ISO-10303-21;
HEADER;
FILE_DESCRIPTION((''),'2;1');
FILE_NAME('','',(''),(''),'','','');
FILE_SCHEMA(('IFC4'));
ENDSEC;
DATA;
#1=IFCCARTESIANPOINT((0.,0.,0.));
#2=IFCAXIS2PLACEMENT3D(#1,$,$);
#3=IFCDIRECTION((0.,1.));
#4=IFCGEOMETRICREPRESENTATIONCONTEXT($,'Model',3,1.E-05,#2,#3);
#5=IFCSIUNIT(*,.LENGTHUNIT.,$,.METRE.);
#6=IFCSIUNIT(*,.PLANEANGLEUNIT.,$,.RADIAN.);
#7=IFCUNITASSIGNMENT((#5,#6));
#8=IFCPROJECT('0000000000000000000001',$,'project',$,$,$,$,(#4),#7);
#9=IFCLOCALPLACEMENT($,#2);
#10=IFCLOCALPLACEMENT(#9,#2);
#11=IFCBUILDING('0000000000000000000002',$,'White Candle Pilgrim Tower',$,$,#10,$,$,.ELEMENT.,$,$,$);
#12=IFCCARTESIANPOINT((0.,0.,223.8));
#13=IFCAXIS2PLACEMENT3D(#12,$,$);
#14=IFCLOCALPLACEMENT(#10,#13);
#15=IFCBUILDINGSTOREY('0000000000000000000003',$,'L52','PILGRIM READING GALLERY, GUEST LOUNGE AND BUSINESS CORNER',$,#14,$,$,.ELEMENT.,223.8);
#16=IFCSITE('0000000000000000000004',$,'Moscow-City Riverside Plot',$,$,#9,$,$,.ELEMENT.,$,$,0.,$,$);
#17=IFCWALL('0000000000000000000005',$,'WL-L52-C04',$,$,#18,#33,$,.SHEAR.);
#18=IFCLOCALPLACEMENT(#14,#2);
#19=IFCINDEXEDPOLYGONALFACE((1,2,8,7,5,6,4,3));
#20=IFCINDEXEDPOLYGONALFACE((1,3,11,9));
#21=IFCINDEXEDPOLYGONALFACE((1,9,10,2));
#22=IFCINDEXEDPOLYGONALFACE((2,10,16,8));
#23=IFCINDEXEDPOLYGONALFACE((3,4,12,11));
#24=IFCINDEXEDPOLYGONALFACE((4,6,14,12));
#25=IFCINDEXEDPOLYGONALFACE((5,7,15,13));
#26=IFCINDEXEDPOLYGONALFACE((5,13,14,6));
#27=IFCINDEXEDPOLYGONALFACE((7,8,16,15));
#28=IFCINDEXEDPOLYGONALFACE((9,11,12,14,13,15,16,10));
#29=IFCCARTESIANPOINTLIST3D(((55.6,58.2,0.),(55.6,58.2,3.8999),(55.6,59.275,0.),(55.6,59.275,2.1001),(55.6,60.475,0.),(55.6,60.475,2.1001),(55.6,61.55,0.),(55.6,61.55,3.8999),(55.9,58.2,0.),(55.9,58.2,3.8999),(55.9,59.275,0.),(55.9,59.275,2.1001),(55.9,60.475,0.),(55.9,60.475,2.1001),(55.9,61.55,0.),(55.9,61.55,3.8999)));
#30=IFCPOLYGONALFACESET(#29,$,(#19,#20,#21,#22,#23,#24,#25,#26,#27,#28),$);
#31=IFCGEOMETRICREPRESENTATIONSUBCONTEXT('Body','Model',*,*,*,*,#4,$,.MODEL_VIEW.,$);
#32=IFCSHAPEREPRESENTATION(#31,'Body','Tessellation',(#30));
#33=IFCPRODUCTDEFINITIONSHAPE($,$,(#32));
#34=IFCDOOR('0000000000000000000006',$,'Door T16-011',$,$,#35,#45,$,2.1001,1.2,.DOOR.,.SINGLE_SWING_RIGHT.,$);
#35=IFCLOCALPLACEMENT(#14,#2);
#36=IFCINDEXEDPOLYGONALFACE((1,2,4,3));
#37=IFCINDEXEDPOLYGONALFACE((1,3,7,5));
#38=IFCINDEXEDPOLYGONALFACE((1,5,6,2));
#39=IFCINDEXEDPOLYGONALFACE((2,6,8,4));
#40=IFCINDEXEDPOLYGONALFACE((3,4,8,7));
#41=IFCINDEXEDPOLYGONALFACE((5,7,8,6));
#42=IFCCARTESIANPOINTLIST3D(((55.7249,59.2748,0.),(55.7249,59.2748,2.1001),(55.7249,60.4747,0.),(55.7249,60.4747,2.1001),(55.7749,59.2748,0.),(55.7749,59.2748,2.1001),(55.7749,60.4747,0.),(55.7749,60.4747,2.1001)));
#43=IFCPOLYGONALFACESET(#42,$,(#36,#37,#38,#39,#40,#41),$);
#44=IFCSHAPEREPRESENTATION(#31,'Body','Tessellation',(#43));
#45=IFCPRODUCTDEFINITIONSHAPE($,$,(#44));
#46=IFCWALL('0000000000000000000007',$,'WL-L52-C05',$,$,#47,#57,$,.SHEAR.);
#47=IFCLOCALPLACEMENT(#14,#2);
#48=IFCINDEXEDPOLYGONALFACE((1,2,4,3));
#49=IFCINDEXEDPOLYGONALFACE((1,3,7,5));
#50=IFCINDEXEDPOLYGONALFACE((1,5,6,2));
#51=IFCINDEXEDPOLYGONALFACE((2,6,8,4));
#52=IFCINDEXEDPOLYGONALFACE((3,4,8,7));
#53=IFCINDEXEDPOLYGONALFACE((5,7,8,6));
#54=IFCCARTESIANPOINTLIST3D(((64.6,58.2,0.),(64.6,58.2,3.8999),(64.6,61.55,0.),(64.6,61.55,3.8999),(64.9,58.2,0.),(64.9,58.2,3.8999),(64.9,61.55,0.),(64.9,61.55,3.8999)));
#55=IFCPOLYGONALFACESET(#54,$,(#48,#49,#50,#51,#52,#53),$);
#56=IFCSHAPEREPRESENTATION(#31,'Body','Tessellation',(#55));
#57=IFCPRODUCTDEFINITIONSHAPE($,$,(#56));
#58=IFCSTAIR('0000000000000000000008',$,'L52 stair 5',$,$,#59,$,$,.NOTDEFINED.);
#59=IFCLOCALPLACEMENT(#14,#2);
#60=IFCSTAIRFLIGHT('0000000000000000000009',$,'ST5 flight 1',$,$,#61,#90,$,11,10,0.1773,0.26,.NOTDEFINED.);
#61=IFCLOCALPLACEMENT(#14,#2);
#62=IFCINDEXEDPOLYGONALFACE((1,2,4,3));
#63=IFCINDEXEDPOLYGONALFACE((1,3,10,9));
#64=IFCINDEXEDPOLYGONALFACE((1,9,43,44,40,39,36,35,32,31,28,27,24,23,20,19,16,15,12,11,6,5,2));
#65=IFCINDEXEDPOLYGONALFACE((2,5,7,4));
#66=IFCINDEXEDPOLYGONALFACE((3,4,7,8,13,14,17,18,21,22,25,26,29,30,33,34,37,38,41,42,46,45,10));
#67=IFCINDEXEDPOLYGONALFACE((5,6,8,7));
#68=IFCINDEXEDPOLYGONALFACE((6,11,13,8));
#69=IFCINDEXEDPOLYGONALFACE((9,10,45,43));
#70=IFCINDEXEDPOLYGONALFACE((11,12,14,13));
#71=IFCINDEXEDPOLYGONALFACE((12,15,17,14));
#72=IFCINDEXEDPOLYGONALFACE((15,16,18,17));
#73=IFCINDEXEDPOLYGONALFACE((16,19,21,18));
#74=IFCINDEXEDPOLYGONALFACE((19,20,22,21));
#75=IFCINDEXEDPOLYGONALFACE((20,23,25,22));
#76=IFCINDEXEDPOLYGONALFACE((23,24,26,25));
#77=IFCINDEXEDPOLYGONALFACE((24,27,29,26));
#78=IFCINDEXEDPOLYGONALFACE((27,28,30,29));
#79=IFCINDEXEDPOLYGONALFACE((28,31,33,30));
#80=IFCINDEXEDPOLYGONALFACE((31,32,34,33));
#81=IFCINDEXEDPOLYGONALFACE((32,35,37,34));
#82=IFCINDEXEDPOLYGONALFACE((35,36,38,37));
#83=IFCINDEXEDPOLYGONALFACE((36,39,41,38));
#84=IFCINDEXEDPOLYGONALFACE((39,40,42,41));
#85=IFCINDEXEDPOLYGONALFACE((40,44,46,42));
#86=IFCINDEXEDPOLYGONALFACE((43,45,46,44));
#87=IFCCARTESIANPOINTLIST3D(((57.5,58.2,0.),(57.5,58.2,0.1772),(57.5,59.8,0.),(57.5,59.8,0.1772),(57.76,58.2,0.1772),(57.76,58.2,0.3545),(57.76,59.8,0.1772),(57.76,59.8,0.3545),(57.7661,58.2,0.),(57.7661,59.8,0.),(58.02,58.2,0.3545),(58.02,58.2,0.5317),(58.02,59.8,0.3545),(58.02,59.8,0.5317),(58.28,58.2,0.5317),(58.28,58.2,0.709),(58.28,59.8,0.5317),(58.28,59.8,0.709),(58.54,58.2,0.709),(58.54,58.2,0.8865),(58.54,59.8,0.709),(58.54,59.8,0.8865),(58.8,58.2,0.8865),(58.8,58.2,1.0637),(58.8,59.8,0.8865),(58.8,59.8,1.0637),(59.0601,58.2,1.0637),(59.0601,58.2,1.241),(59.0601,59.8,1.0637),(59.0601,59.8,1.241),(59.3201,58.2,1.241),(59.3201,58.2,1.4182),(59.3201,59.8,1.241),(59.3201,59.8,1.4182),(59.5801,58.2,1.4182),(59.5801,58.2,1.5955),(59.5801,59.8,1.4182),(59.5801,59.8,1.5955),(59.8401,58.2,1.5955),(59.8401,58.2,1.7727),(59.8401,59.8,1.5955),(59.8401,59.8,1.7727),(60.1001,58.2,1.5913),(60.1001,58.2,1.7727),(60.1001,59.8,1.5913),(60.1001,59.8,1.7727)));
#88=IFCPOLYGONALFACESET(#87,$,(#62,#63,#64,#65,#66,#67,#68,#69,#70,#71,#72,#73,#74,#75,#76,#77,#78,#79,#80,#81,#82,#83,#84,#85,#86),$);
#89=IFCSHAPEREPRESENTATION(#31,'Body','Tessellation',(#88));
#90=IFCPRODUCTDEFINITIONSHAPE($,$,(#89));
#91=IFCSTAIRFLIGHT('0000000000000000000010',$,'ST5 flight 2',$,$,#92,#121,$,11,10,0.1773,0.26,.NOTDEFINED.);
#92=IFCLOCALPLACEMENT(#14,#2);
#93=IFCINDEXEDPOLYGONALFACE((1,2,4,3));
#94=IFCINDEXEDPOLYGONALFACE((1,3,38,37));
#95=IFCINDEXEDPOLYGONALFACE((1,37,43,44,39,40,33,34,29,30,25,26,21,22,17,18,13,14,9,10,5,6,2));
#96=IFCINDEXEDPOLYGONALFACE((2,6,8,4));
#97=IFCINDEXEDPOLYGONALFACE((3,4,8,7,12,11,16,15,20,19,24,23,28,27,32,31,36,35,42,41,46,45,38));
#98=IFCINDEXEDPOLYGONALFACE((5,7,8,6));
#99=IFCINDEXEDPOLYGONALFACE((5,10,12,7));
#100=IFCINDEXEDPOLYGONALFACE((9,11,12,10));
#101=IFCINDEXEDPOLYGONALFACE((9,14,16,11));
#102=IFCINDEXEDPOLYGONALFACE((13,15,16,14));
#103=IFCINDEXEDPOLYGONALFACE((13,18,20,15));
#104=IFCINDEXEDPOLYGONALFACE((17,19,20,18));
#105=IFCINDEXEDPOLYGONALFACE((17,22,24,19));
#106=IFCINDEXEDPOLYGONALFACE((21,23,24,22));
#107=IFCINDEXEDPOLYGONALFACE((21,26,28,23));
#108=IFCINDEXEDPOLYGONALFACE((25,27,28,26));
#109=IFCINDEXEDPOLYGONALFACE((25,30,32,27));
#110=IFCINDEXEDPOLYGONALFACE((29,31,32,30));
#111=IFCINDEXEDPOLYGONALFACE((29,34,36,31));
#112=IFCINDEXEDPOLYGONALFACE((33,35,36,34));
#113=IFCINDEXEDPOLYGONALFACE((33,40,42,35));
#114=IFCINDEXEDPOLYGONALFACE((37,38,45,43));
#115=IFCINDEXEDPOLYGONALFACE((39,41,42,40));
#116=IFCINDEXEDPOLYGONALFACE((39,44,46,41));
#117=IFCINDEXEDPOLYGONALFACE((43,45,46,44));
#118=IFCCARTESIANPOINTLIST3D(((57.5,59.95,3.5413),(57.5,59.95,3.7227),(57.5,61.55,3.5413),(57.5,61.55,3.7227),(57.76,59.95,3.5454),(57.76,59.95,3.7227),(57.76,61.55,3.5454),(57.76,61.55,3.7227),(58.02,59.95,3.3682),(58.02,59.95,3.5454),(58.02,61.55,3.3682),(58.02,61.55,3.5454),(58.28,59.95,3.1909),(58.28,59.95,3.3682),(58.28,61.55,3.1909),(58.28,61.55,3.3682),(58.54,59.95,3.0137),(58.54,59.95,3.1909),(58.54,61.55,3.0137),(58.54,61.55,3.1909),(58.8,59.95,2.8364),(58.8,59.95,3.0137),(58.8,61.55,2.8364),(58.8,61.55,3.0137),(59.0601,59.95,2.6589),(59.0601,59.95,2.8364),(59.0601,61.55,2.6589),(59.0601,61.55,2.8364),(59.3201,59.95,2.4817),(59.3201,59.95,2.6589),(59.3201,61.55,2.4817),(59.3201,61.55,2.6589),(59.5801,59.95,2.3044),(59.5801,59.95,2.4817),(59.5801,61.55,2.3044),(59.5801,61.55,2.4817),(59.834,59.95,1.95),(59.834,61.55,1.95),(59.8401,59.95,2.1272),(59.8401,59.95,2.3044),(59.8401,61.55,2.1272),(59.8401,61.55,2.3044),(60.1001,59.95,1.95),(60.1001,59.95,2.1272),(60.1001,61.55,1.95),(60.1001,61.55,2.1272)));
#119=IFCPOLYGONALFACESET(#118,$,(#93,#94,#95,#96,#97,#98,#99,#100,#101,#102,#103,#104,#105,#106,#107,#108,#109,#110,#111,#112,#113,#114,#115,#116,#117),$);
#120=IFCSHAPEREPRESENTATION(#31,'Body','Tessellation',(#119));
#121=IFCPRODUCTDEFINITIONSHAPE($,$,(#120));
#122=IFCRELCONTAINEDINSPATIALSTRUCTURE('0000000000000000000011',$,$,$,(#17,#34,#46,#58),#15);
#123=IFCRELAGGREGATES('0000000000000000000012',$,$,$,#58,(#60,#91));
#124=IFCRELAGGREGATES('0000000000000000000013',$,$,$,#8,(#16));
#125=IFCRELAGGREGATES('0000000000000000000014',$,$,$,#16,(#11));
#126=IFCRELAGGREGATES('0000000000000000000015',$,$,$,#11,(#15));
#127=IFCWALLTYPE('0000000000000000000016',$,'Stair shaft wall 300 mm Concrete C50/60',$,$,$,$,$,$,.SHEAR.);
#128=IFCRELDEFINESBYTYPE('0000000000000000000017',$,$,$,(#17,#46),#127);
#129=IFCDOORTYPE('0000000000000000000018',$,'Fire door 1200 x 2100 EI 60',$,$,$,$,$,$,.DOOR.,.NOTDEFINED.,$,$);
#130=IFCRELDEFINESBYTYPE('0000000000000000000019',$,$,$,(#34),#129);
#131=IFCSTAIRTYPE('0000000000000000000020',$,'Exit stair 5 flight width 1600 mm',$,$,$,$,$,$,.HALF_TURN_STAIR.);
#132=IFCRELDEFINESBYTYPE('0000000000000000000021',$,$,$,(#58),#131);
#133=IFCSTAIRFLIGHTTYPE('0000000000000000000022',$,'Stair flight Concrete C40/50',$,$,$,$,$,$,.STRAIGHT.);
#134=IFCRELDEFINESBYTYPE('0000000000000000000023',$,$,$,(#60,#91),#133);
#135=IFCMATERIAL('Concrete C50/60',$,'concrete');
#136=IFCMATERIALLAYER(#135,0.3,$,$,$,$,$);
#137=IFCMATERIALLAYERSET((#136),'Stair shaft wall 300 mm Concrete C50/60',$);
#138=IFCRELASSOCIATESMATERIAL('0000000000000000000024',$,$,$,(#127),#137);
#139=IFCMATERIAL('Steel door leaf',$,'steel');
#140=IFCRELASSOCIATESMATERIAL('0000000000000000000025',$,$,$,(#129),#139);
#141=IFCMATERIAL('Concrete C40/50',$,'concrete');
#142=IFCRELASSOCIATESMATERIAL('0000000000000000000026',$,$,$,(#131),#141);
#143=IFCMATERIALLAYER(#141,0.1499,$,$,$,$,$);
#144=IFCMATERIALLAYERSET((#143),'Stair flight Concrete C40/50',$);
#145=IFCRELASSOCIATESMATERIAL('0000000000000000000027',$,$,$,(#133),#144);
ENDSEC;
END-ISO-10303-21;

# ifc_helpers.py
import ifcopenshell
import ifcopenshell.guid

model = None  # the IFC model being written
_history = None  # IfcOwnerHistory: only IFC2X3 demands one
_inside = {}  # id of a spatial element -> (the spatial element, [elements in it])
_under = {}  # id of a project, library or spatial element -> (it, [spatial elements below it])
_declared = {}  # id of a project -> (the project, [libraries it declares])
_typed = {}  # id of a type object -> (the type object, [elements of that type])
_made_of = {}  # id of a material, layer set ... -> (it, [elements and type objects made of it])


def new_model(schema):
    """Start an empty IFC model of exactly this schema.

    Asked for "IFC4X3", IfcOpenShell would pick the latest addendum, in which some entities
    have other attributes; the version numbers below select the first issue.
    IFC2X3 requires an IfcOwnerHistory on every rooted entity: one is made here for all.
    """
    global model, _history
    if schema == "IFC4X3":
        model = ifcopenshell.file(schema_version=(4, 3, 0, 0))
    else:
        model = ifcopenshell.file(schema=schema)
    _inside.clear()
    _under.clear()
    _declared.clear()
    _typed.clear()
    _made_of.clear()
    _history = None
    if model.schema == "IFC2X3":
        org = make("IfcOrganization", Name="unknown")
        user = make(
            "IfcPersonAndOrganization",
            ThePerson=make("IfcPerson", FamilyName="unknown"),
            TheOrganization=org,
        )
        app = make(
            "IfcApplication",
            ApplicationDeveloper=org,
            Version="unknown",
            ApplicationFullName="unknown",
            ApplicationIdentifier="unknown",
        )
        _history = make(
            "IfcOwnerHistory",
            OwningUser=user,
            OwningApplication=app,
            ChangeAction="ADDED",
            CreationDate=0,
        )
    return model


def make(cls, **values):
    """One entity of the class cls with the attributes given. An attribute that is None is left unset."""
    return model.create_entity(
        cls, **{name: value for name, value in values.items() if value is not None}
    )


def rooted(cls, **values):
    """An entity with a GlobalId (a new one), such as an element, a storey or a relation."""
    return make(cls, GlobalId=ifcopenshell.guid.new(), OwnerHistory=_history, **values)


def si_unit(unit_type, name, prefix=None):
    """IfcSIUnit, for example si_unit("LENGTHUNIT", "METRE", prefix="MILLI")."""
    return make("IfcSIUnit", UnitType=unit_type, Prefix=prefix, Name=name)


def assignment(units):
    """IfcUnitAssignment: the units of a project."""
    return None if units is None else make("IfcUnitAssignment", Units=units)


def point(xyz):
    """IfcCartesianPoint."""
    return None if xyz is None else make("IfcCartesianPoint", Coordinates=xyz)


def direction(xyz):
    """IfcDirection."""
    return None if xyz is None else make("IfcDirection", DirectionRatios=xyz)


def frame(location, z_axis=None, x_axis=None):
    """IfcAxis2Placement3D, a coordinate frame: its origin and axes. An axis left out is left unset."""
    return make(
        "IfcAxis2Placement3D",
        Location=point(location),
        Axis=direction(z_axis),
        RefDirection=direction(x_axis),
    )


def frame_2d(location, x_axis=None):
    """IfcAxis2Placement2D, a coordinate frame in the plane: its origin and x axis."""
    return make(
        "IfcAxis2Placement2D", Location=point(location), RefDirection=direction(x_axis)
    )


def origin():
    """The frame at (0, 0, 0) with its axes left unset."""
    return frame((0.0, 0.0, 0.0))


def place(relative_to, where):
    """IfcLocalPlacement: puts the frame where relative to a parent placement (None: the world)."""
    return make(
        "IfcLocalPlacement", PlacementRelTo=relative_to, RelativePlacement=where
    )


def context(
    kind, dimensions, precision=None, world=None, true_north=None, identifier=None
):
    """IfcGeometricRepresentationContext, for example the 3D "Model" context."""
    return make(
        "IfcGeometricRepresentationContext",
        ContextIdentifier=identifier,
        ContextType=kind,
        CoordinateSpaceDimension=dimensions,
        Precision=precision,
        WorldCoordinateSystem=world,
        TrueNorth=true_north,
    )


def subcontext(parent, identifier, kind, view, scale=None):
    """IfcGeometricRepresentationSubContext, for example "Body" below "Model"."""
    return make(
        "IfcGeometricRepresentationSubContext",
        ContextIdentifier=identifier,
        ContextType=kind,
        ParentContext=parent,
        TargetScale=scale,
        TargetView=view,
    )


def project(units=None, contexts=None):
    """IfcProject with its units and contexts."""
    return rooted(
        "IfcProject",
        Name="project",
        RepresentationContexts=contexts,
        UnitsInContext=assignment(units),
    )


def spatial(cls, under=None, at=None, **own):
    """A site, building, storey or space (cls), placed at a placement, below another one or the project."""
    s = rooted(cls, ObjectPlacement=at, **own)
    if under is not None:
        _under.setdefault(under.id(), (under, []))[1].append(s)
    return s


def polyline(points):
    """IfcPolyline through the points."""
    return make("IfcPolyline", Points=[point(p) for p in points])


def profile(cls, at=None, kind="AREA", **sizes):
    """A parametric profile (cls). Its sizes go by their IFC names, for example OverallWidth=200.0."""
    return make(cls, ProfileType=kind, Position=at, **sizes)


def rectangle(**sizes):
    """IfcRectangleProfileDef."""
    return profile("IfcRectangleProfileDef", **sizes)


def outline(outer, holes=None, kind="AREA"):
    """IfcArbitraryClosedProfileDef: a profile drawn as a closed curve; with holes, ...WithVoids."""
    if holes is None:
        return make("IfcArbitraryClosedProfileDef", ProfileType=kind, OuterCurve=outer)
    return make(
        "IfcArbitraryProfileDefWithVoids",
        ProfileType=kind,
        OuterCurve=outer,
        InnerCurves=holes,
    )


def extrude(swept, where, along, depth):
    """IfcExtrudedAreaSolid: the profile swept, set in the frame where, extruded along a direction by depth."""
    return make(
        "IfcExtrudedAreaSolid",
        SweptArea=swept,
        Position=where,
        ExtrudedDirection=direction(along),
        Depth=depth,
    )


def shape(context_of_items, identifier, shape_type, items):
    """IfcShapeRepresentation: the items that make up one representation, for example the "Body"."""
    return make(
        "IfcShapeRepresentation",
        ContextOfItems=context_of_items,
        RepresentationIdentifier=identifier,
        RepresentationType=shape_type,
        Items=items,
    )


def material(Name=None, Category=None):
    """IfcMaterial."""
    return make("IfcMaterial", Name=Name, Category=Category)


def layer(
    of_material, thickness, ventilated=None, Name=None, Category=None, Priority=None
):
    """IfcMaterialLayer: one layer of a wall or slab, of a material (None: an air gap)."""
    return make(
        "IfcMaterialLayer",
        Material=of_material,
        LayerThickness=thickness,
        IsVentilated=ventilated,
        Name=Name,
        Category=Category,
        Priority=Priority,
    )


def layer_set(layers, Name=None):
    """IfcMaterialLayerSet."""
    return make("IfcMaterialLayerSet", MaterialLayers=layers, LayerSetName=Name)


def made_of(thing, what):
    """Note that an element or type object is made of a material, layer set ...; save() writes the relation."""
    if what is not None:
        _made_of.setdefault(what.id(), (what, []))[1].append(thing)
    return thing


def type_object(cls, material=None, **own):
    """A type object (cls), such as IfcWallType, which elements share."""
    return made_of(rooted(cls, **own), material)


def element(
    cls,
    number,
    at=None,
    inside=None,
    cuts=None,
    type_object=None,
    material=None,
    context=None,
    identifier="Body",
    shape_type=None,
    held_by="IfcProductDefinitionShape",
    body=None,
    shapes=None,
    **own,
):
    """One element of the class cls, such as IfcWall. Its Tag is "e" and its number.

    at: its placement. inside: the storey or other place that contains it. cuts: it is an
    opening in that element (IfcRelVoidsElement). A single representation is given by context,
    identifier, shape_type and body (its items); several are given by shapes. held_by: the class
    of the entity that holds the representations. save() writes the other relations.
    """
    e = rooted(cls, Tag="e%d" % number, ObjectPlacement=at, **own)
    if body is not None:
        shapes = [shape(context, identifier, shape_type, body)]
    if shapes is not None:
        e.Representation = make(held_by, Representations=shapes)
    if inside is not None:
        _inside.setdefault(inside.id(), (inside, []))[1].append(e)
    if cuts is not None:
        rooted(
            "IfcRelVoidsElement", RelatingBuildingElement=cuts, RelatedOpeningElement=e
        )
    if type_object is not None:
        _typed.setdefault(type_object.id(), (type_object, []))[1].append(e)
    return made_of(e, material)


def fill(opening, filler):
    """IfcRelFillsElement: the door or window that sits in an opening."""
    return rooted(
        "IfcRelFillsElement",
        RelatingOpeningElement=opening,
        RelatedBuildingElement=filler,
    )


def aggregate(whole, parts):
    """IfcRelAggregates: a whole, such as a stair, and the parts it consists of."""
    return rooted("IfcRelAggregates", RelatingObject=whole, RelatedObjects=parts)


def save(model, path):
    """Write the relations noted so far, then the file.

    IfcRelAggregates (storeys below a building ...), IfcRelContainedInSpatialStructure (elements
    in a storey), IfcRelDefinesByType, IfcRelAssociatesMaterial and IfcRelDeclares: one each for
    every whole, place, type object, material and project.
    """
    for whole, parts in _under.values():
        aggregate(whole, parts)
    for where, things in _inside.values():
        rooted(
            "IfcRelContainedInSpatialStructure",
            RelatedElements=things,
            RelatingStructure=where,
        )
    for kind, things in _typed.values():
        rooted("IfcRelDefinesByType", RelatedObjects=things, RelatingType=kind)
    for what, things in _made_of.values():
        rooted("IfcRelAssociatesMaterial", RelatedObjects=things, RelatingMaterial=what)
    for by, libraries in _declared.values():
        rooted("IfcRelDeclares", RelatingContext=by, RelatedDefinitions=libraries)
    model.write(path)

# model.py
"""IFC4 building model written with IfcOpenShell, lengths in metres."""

from ifc_helpers import new_model, si_unit, direction, frame, frame_2d, origin, place, context, subcontext, project, spatial, polyline, rectangle, outline, extrude, material, layer, layer_set, type_object, element, fill, aggregate, save


model = new_model("IFC4")

# Units and contexts
model_context = context("Model", 3, precision=1e-05, world=origin(), true_north=direction((0.0, 1.0)))
body_context = subcontext(model_context, "Body", "Model", "MODEL_VIEW")
ifc_project = project(units=[si_unit("LENGTHUNIT", "METRE"), si_unit("PLANEANGLEUNIT", "RADIAN")], contexts=[model_context])

# Site, building, storey
site_placement = place(None, origin())
site = spatial("IfcSite", under=ifc_project, at=site_placement, Name="Moscow-City Riverside Plot", CompositionType="ELEMENT", RefElevation=0.0)
building_placement = place(site_placement, origin())
building = spatial("IfcBuilding", under=site, at=building_placement, Name="White Candle Pilgrim Tower", CompositionType="ELEMENT")
storey_placement = place(building_placement, frame((0.0, 0.0, 223.8)))
storey = spatial("IfcBuildingStorey", under=building, at=storey_placement, Name="L52", Description="PILGRIM READING GALLERY, GUEST LOUNGE AND BUSINESS CORNER", CompositionType="ELEMENT", Elevation=223.8)

# Shared definitions
ifc_material_1 = material(Name="Concrete C50/60", Category="concrete")

# Shared definitions
ifc_material_2 = material(Name="Steel door leaf", Category="steel")

# Wall, opening, door
ifc_layer_1 = layer(ifc_material_1, 0.3)
ifc_layer_set_1 = layer_set([ifc_layer_1], Name="Stair shaft wall 300 mm Concrete C50/60")
wall_type_1 = type_object("IfcWallType", Name="Stair shaft wall 300 mm Concrete C50/60", PredefinedType="SHEAR", material=ifc_layer_set_1)
wall_1_placement = place(storey_placement, frame((55.75, 58.2, 0.0), z_axis=(0.0, 0.0, 1.0), x_axis=(0.0, 1.0, 0.0)))
wall_1 = element("IfcWall", 1, at=wall_1_placement, inside=storey, type_object=wall_type_1, Name="WL-L52-C04", PredefinedType="SHEAR", context=body_context, shape_type="SweptSolid", body=[
    extrude(rectangle(XDim=3.3501, YDim=0.3, at=frame_2d((1.675, 0.0))), origin(), (0.0, 0.0, 1.0), 3.8999),
])
opening_1_placement = place(wall_1_placement, frame((1.075, 0.0, 0.0)))
opening_1 = element("IfcOpeningElement", 2, at=opening_1_placement, cuts=wall_1, PredefinedType="OPENING", context=body_context, shape_type="SweptSolid", body=[
    extrude(rectangle(XDim=1.2, YDim=2.1001, at=frame_2d((0.6001, 1.05))), frame((0.0, 0.1599, 0.0), z_axis=(0.0, -1.0, 0.0), x_axis=(1.0, 0.0, 0.0)), (0.0, 0.0, 1.0), 0.3201),
])
door_type_1 = type_object("IfcDoorType", Name="Fire door 1200 x 2100 EI 60", OperationType="NOTDEFINED", PredefinedType="DOOR", material=ifc_material_2)
door_1_placement = place(opening_1_placement, frame((1.2, 0.0, 0.0), z_axis=(0.0, 0.0, 1.0), x_axis=(-1.0, 0.0, 0.0)))
door_1 = element("IfcDoor", 3, at=door_1_placement, inside=storey, type_object=door_type_1, Name="Door T16-011", OperationType="SINGLE_SWING_RIGHT", OverallHeight=2.1001, OverallWidth=1.2, PredefinedType="DOOR", context=body_context, shape_type="SweptSolid", body=[
    extrude(rectangle(XDim=1.2, YDim=2.1001, at=frame_2d((0.6001, 1.05))), frame((0.0, 0.0249, 0.0), z_axis=(0.0, -1.0, 0.0), x_axis=(1.0, 0.0, 0.0)), (0.0, 0.0, 1.0), 0.05),
])
fill(opening_1, door_1)

# Wall
wall_2_placement = place(storey_placement, frame((64.75, 58.2, 0.0), z_axis=(0.0, 0.0, 1.0), x_axis=(0.0, 1.0, 0.0)))
element("IfcWall", 4, at=wall_2_placement, inside=storey, type_object=wall_type_1, Name="WL-L52-C05", PredefinedType="SHEAR", context=body_context, shape_type="SweptSolid", body=[
    extrude(rectangle(XDim=3.3501, YDim=0.3, at=frame_2d((1.675, 0.0))), origin(), (0.0, 0.0, 1.0), 3.8999),
])

# Stair, stair flights
ifc_material_3 = material(Name="Concrete C40/50", Category="concrete")
stair_type = type_object("IfcStairType", Name="Exit stair 5 flight width 1600 mm", PredefinedType="HALF_TURN_STAIR", material=ifc_material_3)
stair_placement = place(storey_placement, origin())
stair = element("IfcStair", 5, at=stair_placement, inside=storey, type_object=stair_type, Name="L52 stair 5", PredefinedType="NOTDEFINED")
ifc_layer_2 = layer(ifc_material_3, 0.1499)
ifc_layer_set_2 = layer_set([ifc_layer_2], Name="Stair flight Concrete C40/50")
stair_flight_type = type_object("IfcStairFlightType", Name="Stair flight Concrete C40/50", PredefinedType="STRAIGHT", material=ifc_layer_set_2)
stair_flight_1_placement = place(storey_placement, frame((57.5, 59.0, 0.0), z_axis=(0.0, 0.0, 1.0), x_axis=(1.0, 0.0, 0.0)))
stair_flight_1 = element("IfcStairFlight", 6, at=stair_flight_1_placement, type_object=stair_flight_type, Name="ST5 flight 1", NumberOfRisers=11, NumberOfTreads=10, PredefinedType="NOTDEFINED", RiserHeight=0.1773, TreadLength=0.26, context=body_context, shape_type="SweptSolid", body=[
    extrude(outline(polyline([(0.0, 0.0), (0.0, 0.1772), (0.26, 0.1772), (0.26, 0.3545), (0.52, 0.3545), (0.52, 0.5317), (0.78, 0.5317), (0.78, 0.709), (1.04, 0.709), (1.04, 0.8865), (1.3, 0.8865), (1.3, 1.0637), (1.5601, 1.0637), (1.5601, 1.241), (1.8201, 1.241), (1.8201, 1.4182), (2.0801, 1.4182), (2.0801, 1.5955), (2.3401, 1.5955), (2.3401, 1.7727), (2.6001, 1.7727), (2.6001, 1.95), (2.6001, 1.5913), (0.2661, 0.0), (0.0, 0.0)])), frame((0.0, 0.8, 0.0), z_axis=(0.0, -1.0, 0.0), x_axis=(1.0, 0.0, 0.0)), (0.0, 0.0, 1.0), 1.6001),
])
stair_flight_2_placement = place(storey_placement, frame((60.1001, 60.75, 1.95), z_axis=(0.0, 0.0, 1.0), x_axis=(-1.0, 0.0, 0.0)))
stair_flight_2 = element("IfcStairFlight", 7, at=stair_flight_2_placement, type_object=stair_flight_type, Name="ST5 flight 2", NumberOfRisers=11, NumberOfTreads=10, PredefinedType="NOTDEFINED", RiserHeight=0.1773, TreadLength=0.26, context=body_context, shape_type="SweptSolid", body=[
    extrude(outline(polyline([(0.0, 0.0), (0.0, 0.1772), (0.26, 0.1772), (0.26, 0.3545), (0.52, 0.3545), (0.52, 0.5317), (0.78, 0.5317), (0.78, 0.709), (1.04, 0.709), (1.04, 0.8865), (1.3, 0.8865), (1.3, 1.0637), (1.5601, 1.0637), (1.5601, 1.241), (1.8201, 1.241), (1.8201, 1.4182), (2.0801, 1.4182), (2.0801, 1.5955), (2.3401, 1.5955), (2.3401, 1.7727), (2.6001, 1.7727), (2.6001, 1.95), (2.6001, 1.5913), (0.2661, 0.0), (0.0, 0.0)])), frame((0.0, 0.8, 0.0), z_axis=(0.0, -1.0, 0.0), x_axis=(1.0, 0.0, 0.0)), (0.0, 0.0, 1.0), 1.6001),
])
aggregate(stair, [stair_flight_1, stair_flight_2])

save(model, "model.ifc")
